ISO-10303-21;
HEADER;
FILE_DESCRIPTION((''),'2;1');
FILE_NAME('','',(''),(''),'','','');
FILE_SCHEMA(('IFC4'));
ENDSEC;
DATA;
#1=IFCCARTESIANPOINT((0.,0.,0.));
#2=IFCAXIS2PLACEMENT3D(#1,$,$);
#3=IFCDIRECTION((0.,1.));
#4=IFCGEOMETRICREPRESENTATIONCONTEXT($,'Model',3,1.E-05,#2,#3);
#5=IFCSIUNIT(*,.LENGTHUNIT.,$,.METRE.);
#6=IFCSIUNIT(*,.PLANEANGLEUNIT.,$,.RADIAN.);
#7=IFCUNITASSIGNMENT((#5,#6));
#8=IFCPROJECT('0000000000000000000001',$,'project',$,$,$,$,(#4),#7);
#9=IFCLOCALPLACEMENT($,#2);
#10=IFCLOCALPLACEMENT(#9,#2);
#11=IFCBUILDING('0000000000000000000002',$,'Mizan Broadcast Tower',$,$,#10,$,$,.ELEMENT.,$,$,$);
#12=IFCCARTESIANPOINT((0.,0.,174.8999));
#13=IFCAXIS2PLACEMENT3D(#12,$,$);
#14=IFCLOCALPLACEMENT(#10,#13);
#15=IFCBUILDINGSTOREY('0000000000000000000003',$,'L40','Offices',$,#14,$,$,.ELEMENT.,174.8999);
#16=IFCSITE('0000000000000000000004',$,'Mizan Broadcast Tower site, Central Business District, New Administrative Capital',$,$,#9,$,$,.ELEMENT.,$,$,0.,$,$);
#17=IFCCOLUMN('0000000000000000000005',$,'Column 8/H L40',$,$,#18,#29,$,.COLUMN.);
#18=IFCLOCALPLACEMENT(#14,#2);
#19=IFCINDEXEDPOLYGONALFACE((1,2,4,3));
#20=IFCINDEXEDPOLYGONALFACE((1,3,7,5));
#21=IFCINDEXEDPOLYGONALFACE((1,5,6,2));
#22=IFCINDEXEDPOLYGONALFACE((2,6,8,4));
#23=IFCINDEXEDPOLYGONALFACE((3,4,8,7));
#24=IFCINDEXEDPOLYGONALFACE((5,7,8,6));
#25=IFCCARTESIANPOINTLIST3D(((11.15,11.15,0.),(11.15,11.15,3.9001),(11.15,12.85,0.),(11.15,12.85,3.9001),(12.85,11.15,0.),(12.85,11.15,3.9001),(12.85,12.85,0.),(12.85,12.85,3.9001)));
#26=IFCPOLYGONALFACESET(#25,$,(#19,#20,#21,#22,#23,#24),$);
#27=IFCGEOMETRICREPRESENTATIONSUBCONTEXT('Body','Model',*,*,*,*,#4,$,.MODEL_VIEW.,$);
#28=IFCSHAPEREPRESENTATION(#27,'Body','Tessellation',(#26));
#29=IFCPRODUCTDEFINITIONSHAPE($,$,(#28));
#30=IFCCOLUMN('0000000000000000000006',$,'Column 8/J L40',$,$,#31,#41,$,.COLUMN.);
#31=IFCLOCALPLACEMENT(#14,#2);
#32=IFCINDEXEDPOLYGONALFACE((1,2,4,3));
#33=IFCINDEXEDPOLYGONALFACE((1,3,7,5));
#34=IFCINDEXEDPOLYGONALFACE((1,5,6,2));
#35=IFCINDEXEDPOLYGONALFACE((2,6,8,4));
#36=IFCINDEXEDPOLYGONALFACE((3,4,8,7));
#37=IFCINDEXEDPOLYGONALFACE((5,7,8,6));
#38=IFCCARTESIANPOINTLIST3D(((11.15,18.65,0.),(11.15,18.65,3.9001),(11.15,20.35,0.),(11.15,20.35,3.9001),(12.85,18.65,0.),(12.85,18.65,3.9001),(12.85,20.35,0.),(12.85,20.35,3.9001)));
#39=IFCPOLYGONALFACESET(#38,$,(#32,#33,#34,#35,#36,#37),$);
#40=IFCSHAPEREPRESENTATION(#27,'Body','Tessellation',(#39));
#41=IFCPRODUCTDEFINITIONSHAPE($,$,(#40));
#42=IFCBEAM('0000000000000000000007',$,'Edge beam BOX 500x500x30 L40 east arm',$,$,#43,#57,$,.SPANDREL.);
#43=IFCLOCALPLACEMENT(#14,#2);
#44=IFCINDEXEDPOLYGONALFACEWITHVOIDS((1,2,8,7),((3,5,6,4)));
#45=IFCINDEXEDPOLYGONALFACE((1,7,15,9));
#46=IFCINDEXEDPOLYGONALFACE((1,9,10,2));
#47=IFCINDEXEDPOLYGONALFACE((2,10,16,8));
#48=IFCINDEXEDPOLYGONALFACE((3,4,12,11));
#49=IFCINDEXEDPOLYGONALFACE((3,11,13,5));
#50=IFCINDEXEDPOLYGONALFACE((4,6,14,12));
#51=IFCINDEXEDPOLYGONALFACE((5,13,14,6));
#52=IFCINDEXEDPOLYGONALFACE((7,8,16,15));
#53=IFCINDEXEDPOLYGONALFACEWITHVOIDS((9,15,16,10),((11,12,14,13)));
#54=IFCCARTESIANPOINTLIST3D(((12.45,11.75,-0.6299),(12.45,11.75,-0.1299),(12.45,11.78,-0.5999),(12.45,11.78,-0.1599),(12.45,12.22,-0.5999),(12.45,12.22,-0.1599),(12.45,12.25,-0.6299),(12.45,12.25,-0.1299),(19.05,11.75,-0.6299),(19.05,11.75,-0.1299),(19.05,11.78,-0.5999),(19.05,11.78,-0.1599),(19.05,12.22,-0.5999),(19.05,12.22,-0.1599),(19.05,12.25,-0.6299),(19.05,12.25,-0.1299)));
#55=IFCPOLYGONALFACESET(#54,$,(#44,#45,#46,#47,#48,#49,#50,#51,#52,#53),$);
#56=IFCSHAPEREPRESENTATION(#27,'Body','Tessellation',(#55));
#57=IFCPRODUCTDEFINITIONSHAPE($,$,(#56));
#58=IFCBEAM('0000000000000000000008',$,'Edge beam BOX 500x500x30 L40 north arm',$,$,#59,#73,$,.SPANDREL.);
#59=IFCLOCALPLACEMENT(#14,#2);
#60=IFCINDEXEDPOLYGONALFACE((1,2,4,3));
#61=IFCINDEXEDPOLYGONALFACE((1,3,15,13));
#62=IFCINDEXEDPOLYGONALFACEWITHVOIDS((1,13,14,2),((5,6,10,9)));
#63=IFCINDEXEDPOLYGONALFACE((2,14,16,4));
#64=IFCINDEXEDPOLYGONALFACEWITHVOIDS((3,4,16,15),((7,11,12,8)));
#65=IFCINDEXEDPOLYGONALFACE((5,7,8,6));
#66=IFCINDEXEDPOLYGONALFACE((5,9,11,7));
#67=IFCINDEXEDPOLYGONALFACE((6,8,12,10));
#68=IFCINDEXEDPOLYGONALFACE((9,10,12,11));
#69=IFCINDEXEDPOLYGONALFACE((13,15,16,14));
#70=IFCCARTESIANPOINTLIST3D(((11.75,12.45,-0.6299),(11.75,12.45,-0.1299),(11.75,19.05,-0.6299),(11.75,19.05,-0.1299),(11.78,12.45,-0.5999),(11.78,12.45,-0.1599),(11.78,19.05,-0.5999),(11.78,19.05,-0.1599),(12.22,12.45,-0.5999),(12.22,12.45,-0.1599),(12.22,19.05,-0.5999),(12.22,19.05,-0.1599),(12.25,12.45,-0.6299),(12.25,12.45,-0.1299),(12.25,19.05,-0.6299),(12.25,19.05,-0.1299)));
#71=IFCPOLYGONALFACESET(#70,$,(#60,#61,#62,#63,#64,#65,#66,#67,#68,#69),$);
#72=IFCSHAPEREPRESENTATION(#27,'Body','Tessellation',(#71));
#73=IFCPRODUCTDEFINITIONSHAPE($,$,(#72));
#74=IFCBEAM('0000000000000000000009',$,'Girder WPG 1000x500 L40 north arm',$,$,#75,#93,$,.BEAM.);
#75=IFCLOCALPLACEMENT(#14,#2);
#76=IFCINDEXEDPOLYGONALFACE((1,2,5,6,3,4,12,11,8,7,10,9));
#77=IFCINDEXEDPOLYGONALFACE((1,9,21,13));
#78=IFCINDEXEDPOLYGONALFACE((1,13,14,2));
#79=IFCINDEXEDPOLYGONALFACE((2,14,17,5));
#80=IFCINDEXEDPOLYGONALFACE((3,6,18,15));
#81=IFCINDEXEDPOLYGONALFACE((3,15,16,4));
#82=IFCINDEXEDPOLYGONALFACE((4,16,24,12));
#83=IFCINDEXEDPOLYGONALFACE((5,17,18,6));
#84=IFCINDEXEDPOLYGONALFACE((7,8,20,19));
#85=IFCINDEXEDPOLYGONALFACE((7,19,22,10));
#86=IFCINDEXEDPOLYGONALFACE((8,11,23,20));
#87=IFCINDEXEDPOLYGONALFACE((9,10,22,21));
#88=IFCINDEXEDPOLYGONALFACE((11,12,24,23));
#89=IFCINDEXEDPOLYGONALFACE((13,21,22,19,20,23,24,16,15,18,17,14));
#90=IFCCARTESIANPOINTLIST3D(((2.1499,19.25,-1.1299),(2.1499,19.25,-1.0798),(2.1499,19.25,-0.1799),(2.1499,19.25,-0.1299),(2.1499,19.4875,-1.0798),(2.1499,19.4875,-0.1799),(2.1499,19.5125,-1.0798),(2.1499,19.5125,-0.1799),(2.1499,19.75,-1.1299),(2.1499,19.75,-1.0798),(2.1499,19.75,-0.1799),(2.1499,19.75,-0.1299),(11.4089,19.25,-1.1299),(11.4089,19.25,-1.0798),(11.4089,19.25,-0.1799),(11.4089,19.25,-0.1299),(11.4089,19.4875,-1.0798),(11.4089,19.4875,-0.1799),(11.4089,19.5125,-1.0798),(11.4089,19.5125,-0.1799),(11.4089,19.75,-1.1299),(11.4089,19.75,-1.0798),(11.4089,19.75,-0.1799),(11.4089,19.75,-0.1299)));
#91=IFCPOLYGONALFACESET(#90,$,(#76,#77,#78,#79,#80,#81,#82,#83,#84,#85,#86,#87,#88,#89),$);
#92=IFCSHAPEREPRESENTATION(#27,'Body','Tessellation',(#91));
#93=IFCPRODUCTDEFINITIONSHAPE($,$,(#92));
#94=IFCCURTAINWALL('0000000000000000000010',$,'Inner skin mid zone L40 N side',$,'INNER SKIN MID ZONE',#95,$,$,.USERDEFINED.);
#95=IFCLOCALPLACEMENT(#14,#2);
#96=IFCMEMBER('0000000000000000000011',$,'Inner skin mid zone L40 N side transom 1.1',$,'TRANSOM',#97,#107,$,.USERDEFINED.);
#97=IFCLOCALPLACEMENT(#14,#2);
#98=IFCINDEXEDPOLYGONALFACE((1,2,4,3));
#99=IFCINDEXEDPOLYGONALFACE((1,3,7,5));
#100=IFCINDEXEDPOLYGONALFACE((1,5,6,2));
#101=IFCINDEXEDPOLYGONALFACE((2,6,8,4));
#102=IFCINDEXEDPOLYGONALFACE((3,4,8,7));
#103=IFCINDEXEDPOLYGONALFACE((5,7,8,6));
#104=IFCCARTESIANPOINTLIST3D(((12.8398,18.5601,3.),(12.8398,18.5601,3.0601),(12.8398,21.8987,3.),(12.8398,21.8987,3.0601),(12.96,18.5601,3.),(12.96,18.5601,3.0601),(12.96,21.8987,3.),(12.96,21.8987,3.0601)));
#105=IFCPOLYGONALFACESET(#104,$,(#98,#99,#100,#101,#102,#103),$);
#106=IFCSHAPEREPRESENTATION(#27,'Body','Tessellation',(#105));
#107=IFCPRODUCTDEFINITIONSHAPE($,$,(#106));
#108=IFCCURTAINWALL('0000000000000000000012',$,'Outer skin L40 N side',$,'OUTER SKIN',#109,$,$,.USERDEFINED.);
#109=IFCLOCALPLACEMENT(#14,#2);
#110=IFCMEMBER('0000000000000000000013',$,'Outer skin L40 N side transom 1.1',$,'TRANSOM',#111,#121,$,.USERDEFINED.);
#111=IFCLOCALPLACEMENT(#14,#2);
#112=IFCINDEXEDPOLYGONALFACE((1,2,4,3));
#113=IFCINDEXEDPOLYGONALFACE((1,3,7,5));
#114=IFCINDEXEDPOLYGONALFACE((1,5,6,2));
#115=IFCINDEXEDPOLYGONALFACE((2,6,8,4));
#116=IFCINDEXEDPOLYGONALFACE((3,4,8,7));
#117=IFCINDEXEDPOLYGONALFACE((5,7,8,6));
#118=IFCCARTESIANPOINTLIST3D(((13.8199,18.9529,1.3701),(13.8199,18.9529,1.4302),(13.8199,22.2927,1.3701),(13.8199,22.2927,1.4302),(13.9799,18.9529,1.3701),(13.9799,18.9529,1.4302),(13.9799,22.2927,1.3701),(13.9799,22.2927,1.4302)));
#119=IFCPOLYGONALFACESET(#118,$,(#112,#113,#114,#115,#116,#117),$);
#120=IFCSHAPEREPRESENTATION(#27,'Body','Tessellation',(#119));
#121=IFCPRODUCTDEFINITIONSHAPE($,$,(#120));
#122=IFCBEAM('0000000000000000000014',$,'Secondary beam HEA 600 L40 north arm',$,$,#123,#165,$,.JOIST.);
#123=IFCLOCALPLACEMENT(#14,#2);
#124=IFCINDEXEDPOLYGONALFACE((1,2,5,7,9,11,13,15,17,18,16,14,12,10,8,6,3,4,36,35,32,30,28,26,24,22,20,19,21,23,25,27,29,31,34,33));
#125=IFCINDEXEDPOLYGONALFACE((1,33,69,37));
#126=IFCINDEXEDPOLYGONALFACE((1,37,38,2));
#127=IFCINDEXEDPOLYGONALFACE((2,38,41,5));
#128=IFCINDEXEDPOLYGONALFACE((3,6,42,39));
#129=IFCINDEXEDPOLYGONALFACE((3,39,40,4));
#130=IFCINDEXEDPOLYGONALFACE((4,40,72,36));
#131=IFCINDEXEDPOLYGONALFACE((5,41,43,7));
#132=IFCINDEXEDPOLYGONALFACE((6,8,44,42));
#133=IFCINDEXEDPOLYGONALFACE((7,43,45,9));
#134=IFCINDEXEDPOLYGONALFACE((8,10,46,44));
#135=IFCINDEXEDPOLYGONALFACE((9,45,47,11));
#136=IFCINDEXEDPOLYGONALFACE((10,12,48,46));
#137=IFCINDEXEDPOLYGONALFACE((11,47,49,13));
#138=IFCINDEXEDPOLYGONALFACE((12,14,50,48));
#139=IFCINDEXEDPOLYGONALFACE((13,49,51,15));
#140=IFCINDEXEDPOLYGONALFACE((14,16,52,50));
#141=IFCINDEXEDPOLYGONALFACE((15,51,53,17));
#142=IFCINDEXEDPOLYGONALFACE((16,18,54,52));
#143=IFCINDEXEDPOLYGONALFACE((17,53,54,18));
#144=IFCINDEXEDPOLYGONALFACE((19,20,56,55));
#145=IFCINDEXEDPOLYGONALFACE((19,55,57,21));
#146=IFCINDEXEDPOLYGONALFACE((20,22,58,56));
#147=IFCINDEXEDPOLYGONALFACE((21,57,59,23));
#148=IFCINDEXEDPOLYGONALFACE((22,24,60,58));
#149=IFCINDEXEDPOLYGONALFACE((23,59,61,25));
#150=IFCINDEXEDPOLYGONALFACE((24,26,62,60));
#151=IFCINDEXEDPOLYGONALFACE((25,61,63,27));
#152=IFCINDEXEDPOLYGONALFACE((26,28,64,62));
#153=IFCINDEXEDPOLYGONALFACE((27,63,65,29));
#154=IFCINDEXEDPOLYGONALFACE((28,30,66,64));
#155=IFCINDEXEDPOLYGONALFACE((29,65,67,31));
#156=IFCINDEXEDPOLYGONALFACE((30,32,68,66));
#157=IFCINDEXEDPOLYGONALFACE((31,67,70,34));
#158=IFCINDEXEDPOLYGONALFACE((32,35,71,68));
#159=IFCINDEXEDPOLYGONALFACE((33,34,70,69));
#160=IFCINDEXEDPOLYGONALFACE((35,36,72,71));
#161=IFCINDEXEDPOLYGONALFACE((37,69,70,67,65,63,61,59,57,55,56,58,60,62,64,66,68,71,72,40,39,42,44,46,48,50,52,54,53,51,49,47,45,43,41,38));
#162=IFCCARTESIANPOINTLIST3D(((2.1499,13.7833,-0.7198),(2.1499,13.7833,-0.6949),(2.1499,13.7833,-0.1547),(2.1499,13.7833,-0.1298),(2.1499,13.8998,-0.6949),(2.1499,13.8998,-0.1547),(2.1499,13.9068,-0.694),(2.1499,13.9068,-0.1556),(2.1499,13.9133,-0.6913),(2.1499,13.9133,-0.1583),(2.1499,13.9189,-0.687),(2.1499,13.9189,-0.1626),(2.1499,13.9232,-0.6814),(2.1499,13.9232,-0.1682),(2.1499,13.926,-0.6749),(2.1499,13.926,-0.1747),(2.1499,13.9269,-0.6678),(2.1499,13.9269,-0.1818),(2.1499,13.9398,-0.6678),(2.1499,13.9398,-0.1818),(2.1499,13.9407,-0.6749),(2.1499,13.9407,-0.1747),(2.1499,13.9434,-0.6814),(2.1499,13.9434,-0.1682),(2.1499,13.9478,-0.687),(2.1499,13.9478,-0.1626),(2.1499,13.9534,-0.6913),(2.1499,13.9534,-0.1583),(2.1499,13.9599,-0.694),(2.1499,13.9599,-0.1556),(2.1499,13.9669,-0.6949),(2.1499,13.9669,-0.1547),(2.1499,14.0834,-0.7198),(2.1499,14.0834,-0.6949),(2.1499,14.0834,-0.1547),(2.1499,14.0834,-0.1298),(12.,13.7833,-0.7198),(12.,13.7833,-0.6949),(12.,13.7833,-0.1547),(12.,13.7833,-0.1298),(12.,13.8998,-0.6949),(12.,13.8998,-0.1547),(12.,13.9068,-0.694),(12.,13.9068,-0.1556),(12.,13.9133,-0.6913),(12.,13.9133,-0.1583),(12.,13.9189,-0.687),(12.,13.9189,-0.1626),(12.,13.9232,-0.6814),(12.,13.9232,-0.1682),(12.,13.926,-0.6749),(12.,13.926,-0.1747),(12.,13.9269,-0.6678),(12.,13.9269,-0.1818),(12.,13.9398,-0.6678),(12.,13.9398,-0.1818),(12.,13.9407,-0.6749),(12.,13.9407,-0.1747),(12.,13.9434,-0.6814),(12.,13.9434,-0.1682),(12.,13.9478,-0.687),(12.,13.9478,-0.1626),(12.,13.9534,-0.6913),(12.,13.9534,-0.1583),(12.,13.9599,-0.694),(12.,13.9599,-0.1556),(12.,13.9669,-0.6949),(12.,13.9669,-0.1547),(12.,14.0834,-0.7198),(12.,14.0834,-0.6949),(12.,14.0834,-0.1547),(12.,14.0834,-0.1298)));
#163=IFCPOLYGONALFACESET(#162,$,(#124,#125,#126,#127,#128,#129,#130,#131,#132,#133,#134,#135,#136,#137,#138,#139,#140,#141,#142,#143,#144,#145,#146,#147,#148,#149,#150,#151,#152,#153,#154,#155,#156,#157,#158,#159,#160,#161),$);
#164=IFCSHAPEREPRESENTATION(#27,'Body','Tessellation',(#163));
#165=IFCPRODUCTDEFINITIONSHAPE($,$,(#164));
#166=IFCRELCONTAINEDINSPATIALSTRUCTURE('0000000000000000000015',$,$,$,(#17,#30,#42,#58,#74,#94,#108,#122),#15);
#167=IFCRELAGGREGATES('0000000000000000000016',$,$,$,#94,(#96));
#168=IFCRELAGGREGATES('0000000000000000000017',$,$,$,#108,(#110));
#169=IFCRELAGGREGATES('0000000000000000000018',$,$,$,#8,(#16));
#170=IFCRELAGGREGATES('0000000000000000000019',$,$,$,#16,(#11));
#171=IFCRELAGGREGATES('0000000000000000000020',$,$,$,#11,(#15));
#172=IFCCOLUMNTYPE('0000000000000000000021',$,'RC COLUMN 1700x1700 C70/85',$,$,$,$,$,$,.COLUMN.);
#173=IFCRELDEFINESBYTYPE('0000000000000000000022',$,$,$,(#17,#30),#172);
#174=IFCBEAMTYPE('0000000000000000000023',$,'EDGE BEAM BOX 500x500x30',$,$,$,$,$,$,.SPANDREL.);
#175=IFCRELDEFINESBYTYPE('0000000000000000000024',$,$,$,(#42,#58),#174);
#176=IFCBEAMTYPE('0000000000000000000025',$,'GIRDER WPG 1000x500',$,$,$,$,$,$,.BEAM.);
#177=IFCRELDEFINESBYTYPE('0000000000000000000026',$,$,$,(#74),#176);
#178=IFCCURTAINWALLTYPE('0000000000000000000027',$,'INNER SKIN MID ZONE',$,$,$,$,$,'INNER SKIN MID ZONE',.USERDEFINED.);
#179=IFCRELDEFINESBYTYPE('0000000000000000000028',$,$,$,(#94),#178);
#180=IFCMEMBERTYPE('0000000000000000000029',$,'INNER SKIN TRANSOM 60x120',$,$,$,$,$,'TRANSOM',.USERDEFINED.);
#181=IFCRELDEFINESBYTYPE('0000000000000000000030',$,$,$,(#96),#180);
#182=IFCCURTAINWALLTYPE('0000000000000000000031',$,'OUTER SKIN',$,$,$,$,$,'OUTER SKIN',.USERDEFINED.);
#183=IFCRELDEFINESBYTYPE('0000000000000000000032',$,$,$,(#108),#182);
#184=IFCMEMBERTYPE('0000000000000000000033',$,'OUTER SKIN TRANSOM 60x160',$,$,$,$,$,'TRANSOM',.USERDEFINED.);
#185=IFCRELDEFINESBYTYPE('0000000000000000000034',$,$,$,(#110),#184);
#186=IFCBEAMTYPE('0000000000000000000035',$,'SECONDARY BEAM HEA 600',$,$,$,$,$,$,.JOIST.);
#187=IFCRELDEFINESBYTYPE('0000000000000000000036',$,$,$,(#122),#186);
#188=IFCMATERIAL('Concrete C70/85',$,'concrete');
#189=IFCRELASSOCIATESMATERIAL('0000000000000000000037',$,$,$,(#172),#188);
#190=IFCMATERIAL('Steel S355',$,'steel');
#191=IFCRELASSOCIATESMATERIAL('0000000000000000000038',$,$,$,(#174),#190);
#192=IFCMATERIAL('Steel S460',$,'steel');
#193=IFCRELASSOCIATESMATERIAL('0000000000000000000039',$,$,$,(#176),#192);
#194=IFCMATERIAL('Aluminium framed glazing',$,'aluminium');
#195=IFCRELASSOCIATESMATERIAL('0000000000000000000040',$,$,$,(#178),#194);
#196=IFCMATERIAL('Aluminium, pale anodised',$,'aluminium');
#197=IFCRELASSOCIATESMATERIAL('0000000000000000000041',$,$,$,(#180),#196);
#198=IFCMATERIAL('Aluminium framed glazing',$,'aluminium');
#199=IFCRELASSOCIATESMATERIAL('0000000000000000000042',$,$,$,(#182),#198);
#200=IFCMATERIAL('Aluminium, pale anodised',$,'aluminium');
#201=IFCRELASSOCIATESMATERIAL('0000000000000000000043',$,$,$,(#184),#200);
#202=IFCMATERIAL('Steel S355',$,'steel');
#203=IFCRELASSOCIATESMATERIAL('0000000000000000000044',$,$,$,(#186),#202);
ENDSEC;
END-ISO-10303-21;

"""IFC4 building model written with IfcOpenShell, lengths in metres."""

from ifc_helpers import new_model, si_unit, direction, frame, origin, origin_2d, place, context, subcontext, project, spatial, rectangle, hollow_rectangle, i_section, extrude, material, material_profile, profile_set, type_object, element, aggregate, save


model = new_model("IFC4")

# Units and contexts
model_context = context("Model", 3, precision=1e-05, world=origin(), true_north=direction((0.0, 1.0)))
body_context = subcontext(model_context, "Body", "Model", "MODEL_VIEW")
ifc_project = project(units=[si_unit("LENGTHUNIT", "METRE"), si_unit("PLANEANGLEUNIT", "RADIAN")], contexts=[model_context])

# Site, building, storey
site_placement = place(None, origin())
site = spatial("IfcSite", under=ifc_project, at=site_placement, Name="Mizan Broadcast Tower site, Central Business District, New Administrative Capital", CompositionType="ELEMENT", RefElevation=0.0)
building_placement = place(site_placement, origin())
building = spatial("IfcBuilding", under=site, at=building_placement, Name="Mizan Broadcast Tower", CompositionType="ELEMENT")
storey_placement = place(building_placement, frame((0.0, 0.0, 174.8999)))
storey = spatial("IfcBuildingStorey", under=building, at=storey_placement, Name="L40", Description="Offices", CompositionType="ELEMENT", Elevation=174.8999)

# Columns
ifc_material_1 = material(Name="Concrete C70/85", Category="concrete")
ifc_material_profile_1 = material_profile(ifc_material_1, rectangle(XDim=1.7, YDim=1.7, at=origin_2d()), Name="RC 1700x1700")
ifc_profile_set_1 = profile_set([ifc_material_profile_1], Name="Concrete C70/85")
column_type = type_object("IfcColumnType", Name="RC COLUMN 1700x1700 C70/85", PredefinedType="COLUMN", material=ifc_profile_set_1)
for number, where, z_axis, x_axis, name in (
    (1, (12.0, 12.0, 0.0), (0.0, 0.0, 1.0), (1.0, 0.0, 0.0), "Column 8/H L40"),
    (2, (12.0, 19.5, 0.0), (0.0, 0.0, 1.0), (1.0, 0.0, 0.0), "Column 8/J L40"),
):
    element("IfcColumn", number, at=place(storey_placement, frame(where, z_axis=z_axis, x_axis=x_axis)), inside=storey, type_object=column_type, Name=name, PredefinedType="COLUMN", context=body_context, shape_type="SweptSolid", body=[
        extrude(rectangle(XDim=1.7, YDim=1.7, at=origin_2d()), origin(), (0.0, 0.0, 1.0), 3.9001),
    ])

# Beams
ifc_material_2 = material(Name="Steel S355", Category="steel")
ifc_material_profile_2 = material_profile(ifc_material_2, hollow_rectangle(XDim=0.5, YDim=0.5, WallThickness=0.03, at=origin_2d()), Name="BOX 500x500x30")
ifc_profile_set_2 = profile_set([ifc_material_profile_2], Name="Steel S355")
beam_type_1 = type_object("IfcBeamType", Name="EDGE BEAM BOX 500x500x30", PredefinedType="SPANDREL", material=ifc_profile_set_2)
for number, where, z_axis, x_axis, name in (
    (3, (12.45, 12.0, -0.3799), (1.0, 0.0, 0.0), (0.0, 1.0, 0.0), "Edge beam BOX 500x500x30 L40 east arm"),
    (4, (12.0, 12.45, -0.3799), (0.0, 1.0, 0.0), (-1.0, 0.0, 0.0), "Edge beam BOX 500x500x30 L40 north arm"),
):
    element("IfcBeam", number, at=place(storey_placement, frame(where, z_axis=z_axis, x_axis=x_axis)), inside=storey, type_object=beam_type_1, Name=name, PredefinedType="SPANDREL", context=body_context, shape_type="SweptSolid", body=[
        extrude(hollow_rectangle(XDim=0.5, YDim=0.5, WallThickness=0.03, at=origin_2d()), origin(), (0.0, 0.0, 1.0), 6.6001),
    ])
ifc_material_3 = material(Name="Steel S460", Category="steel")
ifc_material_profile_3 = material_profile(ifc_material_3, i_section(OverallWidth=0.5, OverallDepth=1.0, WebThickness=0.0249, FlangeThickness=0.05, at=origin_2d()), Name="WPG 1000x500")
ifc_profile_set_3 = profile_set([ifc_material_profile_3], Name="Steel S460")
beam_type_2 = type_object("IfcBeamType", Name="GIRDER WPG 1000x500", PredefinedType="BEAM", material=ifc_profile_set_3)
beam_1_placement = place(storey_placement, frame((11.4089, 19.5, -0.6299), z_axis=(-1.0, 0.0, 0.0), x_axis=(0.0, -1.0, 0.0)))
element("IfcBeam", 5, at=beam_1_placement, inside=storey, type_object=beam_type_2, Name="Girder WPG 1000x500 L40 north arm", PredefinedType="BEAM", context=body_context, shape_type="SweptSolid", body=[
    extrude(i_section(OverallWidth=0.5, OverallDepth=1.0, WebThickness=0.0249, FlangeThickness=0.05, at=origin_2d()), origin(), (0.0, 0.0, 1.0), 9.259),
])

# Curtain walls, members
ifc_material_4 = material(Name="Aluminium framed glazing", Category="aluminium")
curtain_wall_type_1 = type_object("IfcCurtainWallType", Name="INNER SKIN MID ZONE", ElementType="INNER SKIN MID ZONE", PredefinedType="USERDEFINED", material=ifc_material_4)
curtain_wall_1_placement = place(storey_placement, origin())
curtain_wall_1 = element("IfcCurtainWall", 6, at=curtain_wall_1_placement, inside=storey, type_object=curtain_wall_type_1, Name="Inner skin mid zone L40 N side", ObjectType="INNER SKIN MID ZONE", PredefinedType="USERDEFINED")
ifc_material_5 = material(Name="Aluminium, pale anodised", Category="aluminium")
ifc_material_profile_4 = material_profile(ifc_material_5, rectangle(XDim=0.1201, YDim=0.0601, at=origin_2d()), Name="TRANSOM 120x60")
ifc_profile_set_4 = profile_set([ifc_material_profile_4], Name="Aluminium, pale anodised")
member_type_1 = type_object("IfcMemberType", Name="INNER SKIN TRANSOM 60x120", ElementType="TRANSOM", PredefinedType="USERDEFINED", material=ifc_profile_set_4)
member_1_placement = place(storey_placement, frame((12.8999, 18.5601, 3.03), z_axis=(0.0, 1.0, 0.0), x_axis=(-1.0, 0.0, 0.0)))
member_1 = element("IfcMember", 7, at=member_1_placement, type_object=member_type_1, Name="Inner skin mid zone L40 N side transom 1.1", ObjectType="TRANSOM", PredefinedType="USERDEFINED", context=body_context, shape_type="SweptSolid", body=[
    extrude(rectangle(XDim=0.1201, YDim=0.0601, at=origin_2d()), origin(), (0.0, 0.0, 1.0), 3.3386),
])
aggregate(curtain_wall_1, [member_1])
ifc_material_6 = material(Name="Aluminium framed glazing", Category="aluminium")
curtain_wall_type_2 = type_object("IfcCurtainWallType", Name="OUTER SKIN", ElementType="OUTER SKIN", PredefinedType="USERDEFINED", material=ifc_material_6)
curtain_wall_2_placement = place(storey_placement, origin())
curtain_wall_2 = element("IfcCurtainWall", 8, at=curtain_wall_2_placement, inside=storey, type_object=curtain_wall_type_2, Name="Outer skin L40 N side", ObjectType="OUTER SKIN", PredefinedType="USERDEFINED")
ifc_material_7 = material(Name="Aluminium, pale anodised", Category="aluminium")
ifc_material_profile_5 = material_profile(ifc_material_7, rectangle(XDim=0.1599, YDim=0.0601, at=origin_2d()), Name="TRANSOM 160x60")
ifc_profile_set_5 = profile_set([ifc_material_profile_5], Name="Aluminium, pale anodised")
member_type_2 = type_object("IfcMemberType", Name="OUTER SKIN TRANSOM 60x160", ElementType="TRANSOM", PredefinedType="USERDEFINED", material=ifc_profile_set_5)
member_2_placement = place(storey_placement, frame((13.8999, 18.9529, 1.4001), z_axis=(0.0, 1.0, 0.0), x_axis=(-1.0, 0.0, 0.0)))
member_2 = element("IfcMember", 9, at=member_2_placement, type_object=member_type_2, Name="Outer skin L40 N side transom 1.1", ObjectType="TRANSOM", PredefinedType="USERDEFINED", context=body_context, shape_type="SweptSolid", body=[
    extrude(rectangle(XDim=0.1599, YDim=0.0601, at=origin_2d()), origin(), (0.0, 0.0, 1.0), 3.3398),
])
aggregate(curtain_wall_2, [member_2])

# Beam
ifc_material_8 = material(Name="Steel S355", Category="steel")
ifc_material_profile_6 = material_profile(ifc_material_8, i_section(OverallWidth=0.3, OverallDepth=0.5901, WebThickness=0.0129, FlangeThickness=0.0249, FilletRadius=0.0271, at=origin_2d()), Name="HEA 600")
ifc_profile_set_6 = profile_set([ifc_material_profile_6], Name="Steel S355")
beam_type_3 = type_object("IfcBeamType", Name="SECONDARY BEAM HEA 600", PredefinedType="JOIST", material=ifc_profile_set_6)
for number, where, z_axis, x_axis, name in (
    (10, (12.0, 13.9333, -0.4248), (-1.0, 0.0, 0.0), (0.0, -1.0, 0.0), "Secondary beam HEA 600 L40 north arm"),
):
    element("IfcBeam", number, at=place(storey_placement, frame(where, z_axis=z_axis, x_axis=x_axis)), inside=storey, type_object=beam_type_3, Name=name, PredefinedType="JOIST", context=body_context, shape_type="SweptSolid", body=[
        extrude(i_section(OverallWidth=0.3, OverallDepth=0.5901, WebThickness=0.0129, FlangeThickness=0.0249, FilletRadius=0.0271, at=origin_2d()), origin(), (0.0, 0.0, 1.0), 9.8501),
    ])

save(model, "model.ifc")
